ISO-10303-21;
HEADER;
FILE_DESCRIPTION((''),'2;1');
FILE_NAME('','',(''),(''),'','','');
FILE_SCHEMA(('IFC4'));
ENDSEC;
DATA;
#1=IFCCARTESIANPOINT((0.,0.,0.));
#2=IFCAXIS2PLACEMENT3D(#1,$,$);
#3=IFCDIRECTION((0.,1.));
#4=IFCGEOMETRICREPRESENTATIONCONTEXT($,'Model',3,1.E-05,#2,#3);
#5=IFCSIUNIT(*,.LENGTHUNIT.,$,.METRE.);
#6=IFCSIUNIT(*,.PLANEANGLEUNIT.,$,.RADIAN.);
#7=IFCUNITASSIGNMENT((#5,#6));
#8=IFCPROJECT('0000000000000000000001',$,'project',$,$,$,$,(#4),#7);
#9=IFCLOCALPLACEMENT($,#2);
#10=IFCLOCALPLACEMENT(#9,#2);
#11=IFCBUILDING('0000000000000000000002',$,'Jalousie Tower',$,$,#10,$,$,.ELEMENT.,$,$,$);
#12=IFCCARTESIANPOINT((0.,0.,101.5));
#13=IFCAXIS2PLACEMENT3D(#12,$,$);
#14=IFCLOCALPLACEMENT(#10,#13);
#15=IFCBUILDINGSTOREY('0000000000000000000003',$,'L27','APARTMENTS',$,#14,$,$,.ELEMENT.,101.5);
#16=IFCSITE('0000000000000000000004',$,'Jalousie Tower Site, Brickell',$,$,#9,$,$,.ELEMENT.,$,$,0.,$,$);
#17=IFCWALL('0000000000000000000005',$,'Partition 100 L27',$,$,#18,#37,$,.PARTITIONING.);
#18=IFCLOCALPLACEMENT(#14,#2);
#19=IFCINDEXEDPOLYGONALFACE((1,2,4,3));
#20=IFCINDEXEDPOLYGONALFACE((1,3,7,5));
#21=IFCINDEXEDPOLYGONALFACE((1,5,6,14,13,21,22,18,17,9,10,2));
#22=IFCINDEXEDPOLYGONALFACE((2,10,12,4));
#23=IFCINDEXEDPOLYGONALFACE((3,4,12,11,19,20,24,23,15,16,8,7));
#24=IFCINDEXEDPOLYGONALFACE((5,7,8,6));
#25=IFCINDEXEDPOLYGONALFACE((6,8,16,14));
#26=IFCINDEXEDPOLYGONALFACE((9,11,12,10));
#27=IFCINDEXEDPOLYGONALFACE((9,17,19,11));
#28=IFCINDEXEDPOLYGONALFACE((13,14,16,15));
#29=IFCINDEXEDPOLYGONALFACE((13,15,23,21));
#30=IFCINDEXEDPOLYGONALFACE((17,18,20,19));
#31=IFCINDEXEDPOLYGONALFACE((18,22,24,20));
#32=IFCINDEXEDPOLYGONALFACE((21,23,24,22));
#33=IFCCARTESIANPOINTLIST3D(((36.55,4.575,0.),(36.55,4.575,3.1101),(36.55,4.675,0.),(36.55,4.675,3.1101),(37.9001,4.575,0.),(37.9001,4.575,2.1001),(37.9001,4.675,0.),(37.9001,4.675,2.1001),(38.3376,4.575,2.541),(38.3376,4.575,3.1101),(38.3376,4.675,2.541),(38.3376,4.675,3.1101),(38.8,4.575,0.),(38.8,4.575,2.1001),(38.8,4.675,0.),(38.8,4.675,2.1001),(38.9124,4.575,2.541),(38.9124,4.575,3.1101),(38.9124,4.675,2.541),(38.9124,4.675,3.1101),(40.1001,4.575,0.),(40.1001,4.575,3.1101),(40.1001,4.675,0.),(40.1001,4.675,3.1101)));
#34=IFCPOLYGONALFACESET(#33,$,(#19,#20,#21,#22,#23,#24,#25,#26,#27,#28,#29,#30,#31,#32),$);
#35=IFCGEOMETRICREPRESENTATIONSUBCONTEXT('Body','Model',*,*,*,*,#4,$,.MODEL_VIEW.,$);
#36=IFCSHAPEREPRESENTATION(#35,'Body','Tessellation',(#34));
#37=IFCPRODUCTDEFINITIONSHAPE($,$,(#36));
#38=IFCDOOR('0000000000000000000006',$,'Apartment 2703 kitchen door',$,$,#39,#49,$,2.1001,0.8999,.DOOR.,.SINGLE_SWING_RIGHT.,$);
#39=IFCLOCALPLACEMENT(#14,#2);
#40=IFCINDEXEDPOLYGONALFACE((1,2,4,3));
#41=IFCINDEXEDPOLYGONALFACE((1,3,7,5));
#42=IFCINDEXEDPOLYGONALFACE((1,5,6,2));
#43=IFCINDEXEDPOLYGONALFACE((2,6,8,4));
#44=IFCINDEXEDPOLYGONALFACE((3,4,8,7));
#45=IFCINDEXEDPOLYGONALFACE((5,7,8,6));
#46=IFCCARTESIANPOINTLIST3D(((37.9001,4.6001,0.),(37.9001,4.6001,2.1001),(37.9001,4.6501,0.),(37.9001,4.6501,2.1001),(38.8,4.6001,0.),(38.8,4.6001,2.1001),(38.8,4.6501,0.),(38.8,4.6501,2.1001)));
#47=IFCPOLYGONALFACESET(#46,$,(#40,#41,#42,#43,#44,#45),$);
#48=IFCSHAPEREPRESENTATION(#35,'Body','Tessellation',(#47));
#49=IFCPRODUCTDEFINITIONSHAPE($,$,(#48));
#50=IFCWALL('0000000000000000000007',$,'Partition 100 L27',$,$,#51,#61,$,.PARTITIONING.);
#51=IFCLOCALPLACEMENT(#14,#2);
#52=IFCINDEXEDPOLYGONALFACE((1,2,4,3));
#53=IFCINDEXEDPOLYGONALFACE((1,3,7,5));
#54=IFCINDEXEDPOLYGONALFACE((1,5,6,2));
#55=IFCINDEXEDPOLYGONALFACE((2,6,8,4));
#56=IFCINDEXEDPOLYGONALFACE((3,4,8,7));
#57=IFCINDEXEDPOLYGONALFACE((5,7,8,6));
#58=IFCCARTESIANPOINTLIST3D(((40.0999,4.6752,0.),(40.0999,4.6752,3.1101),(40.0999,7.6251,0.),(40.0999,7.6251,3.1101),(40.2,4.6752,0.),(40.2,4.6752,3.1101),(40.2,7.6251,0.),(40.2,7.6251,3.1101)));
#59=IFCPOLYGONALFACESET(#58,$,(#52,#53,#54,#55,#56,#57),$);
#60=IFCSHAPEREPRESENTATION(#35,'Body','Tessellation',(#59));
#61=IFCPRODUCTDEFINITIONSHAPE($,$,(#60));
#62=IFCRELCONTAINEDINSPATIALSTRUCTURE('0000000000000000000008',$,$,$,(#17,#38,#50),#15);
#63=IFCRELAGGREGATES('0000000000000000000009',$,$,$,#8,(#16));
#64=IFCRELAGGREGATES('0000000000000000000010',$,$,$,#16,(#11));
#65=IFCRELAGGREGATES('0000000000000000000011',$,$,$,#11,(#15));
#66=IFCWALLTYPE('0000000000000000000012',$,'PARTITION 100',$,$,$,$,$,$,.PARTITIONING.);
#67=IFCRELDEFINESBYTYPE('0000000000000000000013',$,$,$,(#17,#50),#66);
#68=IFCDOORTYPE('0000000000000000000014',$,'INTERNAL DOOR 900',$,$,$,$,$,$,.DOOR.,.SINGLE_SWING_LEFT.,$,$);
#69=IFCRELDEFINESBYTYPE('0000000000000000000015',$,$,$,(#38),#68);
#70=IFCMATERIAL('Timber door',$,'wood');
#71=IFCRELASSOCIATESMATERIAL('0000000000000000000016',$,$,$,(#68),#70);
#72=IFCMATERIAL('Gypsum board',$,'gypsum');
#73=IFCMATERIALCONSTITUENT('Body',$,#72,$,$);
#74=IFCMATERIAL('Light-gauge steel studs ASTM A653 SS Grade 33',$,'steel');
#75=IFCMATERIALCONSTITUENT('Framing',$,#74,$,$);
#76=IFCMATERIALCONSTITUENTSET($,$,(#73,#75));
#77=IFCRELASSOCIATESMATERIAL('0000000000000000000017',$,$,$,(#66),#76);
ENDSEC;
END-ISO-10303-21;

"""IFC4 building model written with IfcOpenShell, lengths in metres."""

from ifc_helpers import new_model, si_unit, direction, frame, frame_2d, origin, place, context, subcontext, project, spatial, polyline, rectangle, outline, extrude, material, constituent, constituent_set, type_object, element, fill, save


model = new_model("IFC4")

# Units and contexts
model_context = context("Model", 3, precision=1e-05, world=origin(), true_north=direction((0.0, 1.0)))
body_context = subcontext(model_context, "Body", "Model", "MODEL_VIEW")
ifc_project = project(units=[si_unit("LENGTHUNIT", "METRE"), si_unit("PLANEANGLEUNIT", "RADIAN")], contexts=[model_context])

# Site, building, storey
site_placement = place(None, origin())
site = spatial("IfcSite", under=ifc_project, at=site_placement, Name="Jalousie Tower Site, Brickell", CompositionType="ELEMENT", RefElevation=0.0)
building_placement = place(site_placement, origin())
building = spatial("IfcBuilding", under=site, at=building_placement, Name="Jalousie Tower", CompositionType="ELEMENT")
storey_placement = place(building_placement, frame((0.0, 0.0, 101.5)))
storey = spatial("IfcBuildingStorey", under=building, at=storey_placement, Name="L27", Description="APARTMENTS", CompositionType="ELEMENT", Elevation=101.5)

# Shared definitions
ifc_material_1 = material(Name="Timber door", Category="wood")
door_type_1 = type_object("IfcDoorType", Name="INTERNAL DOOR 900", OperationType="SINGLE_SWING_LEFT", PredefinedType="DOOR", material=ifc_material_1)

# Shared definitions
ifc_material_2 = material(Name="Gypsum board", Category="gypsum")
ifc_constituent_1 = constituent(ifc_material_2, Name="Body")
ifc_material_3 = material(Name="Light-gauge steel studs ASTM A653 SS Grade 33", Category="steel")
ifc_constituent_2 = constituent(ifc_material_3, Name="Framing")
ifc_constituent_set_1 = constituent_set(constituents=[ifc_constituent_1, ifc_constituent_2])
wall_type_1 = type_object("IfcWallType", Name="PARTITION 100", PredefinedType="PARTITIONING", material=ifc_constituent_set_1)

# Wall, opening, door
wall_1_placement = place(storey_placement, frame((36.55, 4.625, 0.0), z_axis=(0.0, 0.0, 1.0), x_axis=(1.0, 0.0, 0.0)))
wall_1 = element("IfcWall", 1, at=wall_1_placement, inside=storey, type_object=wall_type_1, Name="Partition 100 L27", PredefinedType="PARTITIONING", context=body_context, shape_type="SweptSolid", body=[
    extrude(outline(polyline([(0.0, 0.0), (3.55, 0.0), (3.55, 3.1101), (2.3623, 3.1101), (2.3623, 2.541), (1.7876, 2.541), (1.7876, 3.1101), (0.0, 3.1101), (0.0, 0.0)])), frame((0.0, 0.05, 0.0), z_axis=(0.0, -1.0, 0.0), x_axis=(1.0, 0.0, 0.0)), (0.0, 0.0, 1.0), 0.1001),
])
opening_1_placement = place(wall_1_placement, frame((1.3501, 0.0, 0.0)))
opening_1 = element("IfcOpeningElement", 2, at=opening_1_placement, cuts=wall_1, PredefinedType="OPENING", context=body_context, shape_type="SweptSolid", body=[
    extrude(rectangle(XDim=0.8999, YDim=2.1001, at=frame_2d((0.45, 1.05))), frame((0.0, 0.0601, 0.0), z_axis=(0.0, -1.0, 0.0), x_axis=(1.0, 0.0, 0.0)), (0.0, 0.0, 1.0), 0.1201),
])
door_1_placement = place(opening_1_placement, frame((0.8999, 0.0, 0.0), z_axis=(0.0, 0.0, 1.0), x_axis=(-1.0, 0.0, 0.0)))
door_1 = element("IfcDoor", 3, at=door_1_placement, inside=storey, type_object=door_type_1, Name="Apartment 2703 kitchen door", OperationType="SINGLE_SWING_RIGHT", OverallHeight=2.1001, OverallWidth=0.8999, PredefinedType="DOOR", context=body_context, shape_type="SweptSolid", body=[
    extrude(rectangle(XDim=0.8999, YDim=2.1001, at=frame_2d((0.45, 1.05))), frame((0.0, 0.0249, 0.0), z_axis=(0.0, -1.0, 0.0), x_axis=(1.0, 0.0, 0.0)), (0.0, 0.0, 1.0), 0.05),
])
fill(opening_1, door_1)

# Wall
wall_2_placement = place(storey_placement, frame((40.1499, 4.675, 0.0), z_axis=(0.0, 0.0, 1.0), x_axis=(0.0, 1.0, 0.0)))
element("IfcWall", 4, at=wall_2_placement, inside=storey, type_object=wall_type_1, Name="Partition 100 L27", PredefinedType="PARTITIONING", context=body_context, shape_type="SweptSolid", body=[
    extrude(rectangle(XDim=2.95, YDim=0.1001, at=frame_2d((1.4751, 0.0))), origin(), (0.0, 0.0, 1.0), 3.1101),
])

save(model, "model.ifc")
